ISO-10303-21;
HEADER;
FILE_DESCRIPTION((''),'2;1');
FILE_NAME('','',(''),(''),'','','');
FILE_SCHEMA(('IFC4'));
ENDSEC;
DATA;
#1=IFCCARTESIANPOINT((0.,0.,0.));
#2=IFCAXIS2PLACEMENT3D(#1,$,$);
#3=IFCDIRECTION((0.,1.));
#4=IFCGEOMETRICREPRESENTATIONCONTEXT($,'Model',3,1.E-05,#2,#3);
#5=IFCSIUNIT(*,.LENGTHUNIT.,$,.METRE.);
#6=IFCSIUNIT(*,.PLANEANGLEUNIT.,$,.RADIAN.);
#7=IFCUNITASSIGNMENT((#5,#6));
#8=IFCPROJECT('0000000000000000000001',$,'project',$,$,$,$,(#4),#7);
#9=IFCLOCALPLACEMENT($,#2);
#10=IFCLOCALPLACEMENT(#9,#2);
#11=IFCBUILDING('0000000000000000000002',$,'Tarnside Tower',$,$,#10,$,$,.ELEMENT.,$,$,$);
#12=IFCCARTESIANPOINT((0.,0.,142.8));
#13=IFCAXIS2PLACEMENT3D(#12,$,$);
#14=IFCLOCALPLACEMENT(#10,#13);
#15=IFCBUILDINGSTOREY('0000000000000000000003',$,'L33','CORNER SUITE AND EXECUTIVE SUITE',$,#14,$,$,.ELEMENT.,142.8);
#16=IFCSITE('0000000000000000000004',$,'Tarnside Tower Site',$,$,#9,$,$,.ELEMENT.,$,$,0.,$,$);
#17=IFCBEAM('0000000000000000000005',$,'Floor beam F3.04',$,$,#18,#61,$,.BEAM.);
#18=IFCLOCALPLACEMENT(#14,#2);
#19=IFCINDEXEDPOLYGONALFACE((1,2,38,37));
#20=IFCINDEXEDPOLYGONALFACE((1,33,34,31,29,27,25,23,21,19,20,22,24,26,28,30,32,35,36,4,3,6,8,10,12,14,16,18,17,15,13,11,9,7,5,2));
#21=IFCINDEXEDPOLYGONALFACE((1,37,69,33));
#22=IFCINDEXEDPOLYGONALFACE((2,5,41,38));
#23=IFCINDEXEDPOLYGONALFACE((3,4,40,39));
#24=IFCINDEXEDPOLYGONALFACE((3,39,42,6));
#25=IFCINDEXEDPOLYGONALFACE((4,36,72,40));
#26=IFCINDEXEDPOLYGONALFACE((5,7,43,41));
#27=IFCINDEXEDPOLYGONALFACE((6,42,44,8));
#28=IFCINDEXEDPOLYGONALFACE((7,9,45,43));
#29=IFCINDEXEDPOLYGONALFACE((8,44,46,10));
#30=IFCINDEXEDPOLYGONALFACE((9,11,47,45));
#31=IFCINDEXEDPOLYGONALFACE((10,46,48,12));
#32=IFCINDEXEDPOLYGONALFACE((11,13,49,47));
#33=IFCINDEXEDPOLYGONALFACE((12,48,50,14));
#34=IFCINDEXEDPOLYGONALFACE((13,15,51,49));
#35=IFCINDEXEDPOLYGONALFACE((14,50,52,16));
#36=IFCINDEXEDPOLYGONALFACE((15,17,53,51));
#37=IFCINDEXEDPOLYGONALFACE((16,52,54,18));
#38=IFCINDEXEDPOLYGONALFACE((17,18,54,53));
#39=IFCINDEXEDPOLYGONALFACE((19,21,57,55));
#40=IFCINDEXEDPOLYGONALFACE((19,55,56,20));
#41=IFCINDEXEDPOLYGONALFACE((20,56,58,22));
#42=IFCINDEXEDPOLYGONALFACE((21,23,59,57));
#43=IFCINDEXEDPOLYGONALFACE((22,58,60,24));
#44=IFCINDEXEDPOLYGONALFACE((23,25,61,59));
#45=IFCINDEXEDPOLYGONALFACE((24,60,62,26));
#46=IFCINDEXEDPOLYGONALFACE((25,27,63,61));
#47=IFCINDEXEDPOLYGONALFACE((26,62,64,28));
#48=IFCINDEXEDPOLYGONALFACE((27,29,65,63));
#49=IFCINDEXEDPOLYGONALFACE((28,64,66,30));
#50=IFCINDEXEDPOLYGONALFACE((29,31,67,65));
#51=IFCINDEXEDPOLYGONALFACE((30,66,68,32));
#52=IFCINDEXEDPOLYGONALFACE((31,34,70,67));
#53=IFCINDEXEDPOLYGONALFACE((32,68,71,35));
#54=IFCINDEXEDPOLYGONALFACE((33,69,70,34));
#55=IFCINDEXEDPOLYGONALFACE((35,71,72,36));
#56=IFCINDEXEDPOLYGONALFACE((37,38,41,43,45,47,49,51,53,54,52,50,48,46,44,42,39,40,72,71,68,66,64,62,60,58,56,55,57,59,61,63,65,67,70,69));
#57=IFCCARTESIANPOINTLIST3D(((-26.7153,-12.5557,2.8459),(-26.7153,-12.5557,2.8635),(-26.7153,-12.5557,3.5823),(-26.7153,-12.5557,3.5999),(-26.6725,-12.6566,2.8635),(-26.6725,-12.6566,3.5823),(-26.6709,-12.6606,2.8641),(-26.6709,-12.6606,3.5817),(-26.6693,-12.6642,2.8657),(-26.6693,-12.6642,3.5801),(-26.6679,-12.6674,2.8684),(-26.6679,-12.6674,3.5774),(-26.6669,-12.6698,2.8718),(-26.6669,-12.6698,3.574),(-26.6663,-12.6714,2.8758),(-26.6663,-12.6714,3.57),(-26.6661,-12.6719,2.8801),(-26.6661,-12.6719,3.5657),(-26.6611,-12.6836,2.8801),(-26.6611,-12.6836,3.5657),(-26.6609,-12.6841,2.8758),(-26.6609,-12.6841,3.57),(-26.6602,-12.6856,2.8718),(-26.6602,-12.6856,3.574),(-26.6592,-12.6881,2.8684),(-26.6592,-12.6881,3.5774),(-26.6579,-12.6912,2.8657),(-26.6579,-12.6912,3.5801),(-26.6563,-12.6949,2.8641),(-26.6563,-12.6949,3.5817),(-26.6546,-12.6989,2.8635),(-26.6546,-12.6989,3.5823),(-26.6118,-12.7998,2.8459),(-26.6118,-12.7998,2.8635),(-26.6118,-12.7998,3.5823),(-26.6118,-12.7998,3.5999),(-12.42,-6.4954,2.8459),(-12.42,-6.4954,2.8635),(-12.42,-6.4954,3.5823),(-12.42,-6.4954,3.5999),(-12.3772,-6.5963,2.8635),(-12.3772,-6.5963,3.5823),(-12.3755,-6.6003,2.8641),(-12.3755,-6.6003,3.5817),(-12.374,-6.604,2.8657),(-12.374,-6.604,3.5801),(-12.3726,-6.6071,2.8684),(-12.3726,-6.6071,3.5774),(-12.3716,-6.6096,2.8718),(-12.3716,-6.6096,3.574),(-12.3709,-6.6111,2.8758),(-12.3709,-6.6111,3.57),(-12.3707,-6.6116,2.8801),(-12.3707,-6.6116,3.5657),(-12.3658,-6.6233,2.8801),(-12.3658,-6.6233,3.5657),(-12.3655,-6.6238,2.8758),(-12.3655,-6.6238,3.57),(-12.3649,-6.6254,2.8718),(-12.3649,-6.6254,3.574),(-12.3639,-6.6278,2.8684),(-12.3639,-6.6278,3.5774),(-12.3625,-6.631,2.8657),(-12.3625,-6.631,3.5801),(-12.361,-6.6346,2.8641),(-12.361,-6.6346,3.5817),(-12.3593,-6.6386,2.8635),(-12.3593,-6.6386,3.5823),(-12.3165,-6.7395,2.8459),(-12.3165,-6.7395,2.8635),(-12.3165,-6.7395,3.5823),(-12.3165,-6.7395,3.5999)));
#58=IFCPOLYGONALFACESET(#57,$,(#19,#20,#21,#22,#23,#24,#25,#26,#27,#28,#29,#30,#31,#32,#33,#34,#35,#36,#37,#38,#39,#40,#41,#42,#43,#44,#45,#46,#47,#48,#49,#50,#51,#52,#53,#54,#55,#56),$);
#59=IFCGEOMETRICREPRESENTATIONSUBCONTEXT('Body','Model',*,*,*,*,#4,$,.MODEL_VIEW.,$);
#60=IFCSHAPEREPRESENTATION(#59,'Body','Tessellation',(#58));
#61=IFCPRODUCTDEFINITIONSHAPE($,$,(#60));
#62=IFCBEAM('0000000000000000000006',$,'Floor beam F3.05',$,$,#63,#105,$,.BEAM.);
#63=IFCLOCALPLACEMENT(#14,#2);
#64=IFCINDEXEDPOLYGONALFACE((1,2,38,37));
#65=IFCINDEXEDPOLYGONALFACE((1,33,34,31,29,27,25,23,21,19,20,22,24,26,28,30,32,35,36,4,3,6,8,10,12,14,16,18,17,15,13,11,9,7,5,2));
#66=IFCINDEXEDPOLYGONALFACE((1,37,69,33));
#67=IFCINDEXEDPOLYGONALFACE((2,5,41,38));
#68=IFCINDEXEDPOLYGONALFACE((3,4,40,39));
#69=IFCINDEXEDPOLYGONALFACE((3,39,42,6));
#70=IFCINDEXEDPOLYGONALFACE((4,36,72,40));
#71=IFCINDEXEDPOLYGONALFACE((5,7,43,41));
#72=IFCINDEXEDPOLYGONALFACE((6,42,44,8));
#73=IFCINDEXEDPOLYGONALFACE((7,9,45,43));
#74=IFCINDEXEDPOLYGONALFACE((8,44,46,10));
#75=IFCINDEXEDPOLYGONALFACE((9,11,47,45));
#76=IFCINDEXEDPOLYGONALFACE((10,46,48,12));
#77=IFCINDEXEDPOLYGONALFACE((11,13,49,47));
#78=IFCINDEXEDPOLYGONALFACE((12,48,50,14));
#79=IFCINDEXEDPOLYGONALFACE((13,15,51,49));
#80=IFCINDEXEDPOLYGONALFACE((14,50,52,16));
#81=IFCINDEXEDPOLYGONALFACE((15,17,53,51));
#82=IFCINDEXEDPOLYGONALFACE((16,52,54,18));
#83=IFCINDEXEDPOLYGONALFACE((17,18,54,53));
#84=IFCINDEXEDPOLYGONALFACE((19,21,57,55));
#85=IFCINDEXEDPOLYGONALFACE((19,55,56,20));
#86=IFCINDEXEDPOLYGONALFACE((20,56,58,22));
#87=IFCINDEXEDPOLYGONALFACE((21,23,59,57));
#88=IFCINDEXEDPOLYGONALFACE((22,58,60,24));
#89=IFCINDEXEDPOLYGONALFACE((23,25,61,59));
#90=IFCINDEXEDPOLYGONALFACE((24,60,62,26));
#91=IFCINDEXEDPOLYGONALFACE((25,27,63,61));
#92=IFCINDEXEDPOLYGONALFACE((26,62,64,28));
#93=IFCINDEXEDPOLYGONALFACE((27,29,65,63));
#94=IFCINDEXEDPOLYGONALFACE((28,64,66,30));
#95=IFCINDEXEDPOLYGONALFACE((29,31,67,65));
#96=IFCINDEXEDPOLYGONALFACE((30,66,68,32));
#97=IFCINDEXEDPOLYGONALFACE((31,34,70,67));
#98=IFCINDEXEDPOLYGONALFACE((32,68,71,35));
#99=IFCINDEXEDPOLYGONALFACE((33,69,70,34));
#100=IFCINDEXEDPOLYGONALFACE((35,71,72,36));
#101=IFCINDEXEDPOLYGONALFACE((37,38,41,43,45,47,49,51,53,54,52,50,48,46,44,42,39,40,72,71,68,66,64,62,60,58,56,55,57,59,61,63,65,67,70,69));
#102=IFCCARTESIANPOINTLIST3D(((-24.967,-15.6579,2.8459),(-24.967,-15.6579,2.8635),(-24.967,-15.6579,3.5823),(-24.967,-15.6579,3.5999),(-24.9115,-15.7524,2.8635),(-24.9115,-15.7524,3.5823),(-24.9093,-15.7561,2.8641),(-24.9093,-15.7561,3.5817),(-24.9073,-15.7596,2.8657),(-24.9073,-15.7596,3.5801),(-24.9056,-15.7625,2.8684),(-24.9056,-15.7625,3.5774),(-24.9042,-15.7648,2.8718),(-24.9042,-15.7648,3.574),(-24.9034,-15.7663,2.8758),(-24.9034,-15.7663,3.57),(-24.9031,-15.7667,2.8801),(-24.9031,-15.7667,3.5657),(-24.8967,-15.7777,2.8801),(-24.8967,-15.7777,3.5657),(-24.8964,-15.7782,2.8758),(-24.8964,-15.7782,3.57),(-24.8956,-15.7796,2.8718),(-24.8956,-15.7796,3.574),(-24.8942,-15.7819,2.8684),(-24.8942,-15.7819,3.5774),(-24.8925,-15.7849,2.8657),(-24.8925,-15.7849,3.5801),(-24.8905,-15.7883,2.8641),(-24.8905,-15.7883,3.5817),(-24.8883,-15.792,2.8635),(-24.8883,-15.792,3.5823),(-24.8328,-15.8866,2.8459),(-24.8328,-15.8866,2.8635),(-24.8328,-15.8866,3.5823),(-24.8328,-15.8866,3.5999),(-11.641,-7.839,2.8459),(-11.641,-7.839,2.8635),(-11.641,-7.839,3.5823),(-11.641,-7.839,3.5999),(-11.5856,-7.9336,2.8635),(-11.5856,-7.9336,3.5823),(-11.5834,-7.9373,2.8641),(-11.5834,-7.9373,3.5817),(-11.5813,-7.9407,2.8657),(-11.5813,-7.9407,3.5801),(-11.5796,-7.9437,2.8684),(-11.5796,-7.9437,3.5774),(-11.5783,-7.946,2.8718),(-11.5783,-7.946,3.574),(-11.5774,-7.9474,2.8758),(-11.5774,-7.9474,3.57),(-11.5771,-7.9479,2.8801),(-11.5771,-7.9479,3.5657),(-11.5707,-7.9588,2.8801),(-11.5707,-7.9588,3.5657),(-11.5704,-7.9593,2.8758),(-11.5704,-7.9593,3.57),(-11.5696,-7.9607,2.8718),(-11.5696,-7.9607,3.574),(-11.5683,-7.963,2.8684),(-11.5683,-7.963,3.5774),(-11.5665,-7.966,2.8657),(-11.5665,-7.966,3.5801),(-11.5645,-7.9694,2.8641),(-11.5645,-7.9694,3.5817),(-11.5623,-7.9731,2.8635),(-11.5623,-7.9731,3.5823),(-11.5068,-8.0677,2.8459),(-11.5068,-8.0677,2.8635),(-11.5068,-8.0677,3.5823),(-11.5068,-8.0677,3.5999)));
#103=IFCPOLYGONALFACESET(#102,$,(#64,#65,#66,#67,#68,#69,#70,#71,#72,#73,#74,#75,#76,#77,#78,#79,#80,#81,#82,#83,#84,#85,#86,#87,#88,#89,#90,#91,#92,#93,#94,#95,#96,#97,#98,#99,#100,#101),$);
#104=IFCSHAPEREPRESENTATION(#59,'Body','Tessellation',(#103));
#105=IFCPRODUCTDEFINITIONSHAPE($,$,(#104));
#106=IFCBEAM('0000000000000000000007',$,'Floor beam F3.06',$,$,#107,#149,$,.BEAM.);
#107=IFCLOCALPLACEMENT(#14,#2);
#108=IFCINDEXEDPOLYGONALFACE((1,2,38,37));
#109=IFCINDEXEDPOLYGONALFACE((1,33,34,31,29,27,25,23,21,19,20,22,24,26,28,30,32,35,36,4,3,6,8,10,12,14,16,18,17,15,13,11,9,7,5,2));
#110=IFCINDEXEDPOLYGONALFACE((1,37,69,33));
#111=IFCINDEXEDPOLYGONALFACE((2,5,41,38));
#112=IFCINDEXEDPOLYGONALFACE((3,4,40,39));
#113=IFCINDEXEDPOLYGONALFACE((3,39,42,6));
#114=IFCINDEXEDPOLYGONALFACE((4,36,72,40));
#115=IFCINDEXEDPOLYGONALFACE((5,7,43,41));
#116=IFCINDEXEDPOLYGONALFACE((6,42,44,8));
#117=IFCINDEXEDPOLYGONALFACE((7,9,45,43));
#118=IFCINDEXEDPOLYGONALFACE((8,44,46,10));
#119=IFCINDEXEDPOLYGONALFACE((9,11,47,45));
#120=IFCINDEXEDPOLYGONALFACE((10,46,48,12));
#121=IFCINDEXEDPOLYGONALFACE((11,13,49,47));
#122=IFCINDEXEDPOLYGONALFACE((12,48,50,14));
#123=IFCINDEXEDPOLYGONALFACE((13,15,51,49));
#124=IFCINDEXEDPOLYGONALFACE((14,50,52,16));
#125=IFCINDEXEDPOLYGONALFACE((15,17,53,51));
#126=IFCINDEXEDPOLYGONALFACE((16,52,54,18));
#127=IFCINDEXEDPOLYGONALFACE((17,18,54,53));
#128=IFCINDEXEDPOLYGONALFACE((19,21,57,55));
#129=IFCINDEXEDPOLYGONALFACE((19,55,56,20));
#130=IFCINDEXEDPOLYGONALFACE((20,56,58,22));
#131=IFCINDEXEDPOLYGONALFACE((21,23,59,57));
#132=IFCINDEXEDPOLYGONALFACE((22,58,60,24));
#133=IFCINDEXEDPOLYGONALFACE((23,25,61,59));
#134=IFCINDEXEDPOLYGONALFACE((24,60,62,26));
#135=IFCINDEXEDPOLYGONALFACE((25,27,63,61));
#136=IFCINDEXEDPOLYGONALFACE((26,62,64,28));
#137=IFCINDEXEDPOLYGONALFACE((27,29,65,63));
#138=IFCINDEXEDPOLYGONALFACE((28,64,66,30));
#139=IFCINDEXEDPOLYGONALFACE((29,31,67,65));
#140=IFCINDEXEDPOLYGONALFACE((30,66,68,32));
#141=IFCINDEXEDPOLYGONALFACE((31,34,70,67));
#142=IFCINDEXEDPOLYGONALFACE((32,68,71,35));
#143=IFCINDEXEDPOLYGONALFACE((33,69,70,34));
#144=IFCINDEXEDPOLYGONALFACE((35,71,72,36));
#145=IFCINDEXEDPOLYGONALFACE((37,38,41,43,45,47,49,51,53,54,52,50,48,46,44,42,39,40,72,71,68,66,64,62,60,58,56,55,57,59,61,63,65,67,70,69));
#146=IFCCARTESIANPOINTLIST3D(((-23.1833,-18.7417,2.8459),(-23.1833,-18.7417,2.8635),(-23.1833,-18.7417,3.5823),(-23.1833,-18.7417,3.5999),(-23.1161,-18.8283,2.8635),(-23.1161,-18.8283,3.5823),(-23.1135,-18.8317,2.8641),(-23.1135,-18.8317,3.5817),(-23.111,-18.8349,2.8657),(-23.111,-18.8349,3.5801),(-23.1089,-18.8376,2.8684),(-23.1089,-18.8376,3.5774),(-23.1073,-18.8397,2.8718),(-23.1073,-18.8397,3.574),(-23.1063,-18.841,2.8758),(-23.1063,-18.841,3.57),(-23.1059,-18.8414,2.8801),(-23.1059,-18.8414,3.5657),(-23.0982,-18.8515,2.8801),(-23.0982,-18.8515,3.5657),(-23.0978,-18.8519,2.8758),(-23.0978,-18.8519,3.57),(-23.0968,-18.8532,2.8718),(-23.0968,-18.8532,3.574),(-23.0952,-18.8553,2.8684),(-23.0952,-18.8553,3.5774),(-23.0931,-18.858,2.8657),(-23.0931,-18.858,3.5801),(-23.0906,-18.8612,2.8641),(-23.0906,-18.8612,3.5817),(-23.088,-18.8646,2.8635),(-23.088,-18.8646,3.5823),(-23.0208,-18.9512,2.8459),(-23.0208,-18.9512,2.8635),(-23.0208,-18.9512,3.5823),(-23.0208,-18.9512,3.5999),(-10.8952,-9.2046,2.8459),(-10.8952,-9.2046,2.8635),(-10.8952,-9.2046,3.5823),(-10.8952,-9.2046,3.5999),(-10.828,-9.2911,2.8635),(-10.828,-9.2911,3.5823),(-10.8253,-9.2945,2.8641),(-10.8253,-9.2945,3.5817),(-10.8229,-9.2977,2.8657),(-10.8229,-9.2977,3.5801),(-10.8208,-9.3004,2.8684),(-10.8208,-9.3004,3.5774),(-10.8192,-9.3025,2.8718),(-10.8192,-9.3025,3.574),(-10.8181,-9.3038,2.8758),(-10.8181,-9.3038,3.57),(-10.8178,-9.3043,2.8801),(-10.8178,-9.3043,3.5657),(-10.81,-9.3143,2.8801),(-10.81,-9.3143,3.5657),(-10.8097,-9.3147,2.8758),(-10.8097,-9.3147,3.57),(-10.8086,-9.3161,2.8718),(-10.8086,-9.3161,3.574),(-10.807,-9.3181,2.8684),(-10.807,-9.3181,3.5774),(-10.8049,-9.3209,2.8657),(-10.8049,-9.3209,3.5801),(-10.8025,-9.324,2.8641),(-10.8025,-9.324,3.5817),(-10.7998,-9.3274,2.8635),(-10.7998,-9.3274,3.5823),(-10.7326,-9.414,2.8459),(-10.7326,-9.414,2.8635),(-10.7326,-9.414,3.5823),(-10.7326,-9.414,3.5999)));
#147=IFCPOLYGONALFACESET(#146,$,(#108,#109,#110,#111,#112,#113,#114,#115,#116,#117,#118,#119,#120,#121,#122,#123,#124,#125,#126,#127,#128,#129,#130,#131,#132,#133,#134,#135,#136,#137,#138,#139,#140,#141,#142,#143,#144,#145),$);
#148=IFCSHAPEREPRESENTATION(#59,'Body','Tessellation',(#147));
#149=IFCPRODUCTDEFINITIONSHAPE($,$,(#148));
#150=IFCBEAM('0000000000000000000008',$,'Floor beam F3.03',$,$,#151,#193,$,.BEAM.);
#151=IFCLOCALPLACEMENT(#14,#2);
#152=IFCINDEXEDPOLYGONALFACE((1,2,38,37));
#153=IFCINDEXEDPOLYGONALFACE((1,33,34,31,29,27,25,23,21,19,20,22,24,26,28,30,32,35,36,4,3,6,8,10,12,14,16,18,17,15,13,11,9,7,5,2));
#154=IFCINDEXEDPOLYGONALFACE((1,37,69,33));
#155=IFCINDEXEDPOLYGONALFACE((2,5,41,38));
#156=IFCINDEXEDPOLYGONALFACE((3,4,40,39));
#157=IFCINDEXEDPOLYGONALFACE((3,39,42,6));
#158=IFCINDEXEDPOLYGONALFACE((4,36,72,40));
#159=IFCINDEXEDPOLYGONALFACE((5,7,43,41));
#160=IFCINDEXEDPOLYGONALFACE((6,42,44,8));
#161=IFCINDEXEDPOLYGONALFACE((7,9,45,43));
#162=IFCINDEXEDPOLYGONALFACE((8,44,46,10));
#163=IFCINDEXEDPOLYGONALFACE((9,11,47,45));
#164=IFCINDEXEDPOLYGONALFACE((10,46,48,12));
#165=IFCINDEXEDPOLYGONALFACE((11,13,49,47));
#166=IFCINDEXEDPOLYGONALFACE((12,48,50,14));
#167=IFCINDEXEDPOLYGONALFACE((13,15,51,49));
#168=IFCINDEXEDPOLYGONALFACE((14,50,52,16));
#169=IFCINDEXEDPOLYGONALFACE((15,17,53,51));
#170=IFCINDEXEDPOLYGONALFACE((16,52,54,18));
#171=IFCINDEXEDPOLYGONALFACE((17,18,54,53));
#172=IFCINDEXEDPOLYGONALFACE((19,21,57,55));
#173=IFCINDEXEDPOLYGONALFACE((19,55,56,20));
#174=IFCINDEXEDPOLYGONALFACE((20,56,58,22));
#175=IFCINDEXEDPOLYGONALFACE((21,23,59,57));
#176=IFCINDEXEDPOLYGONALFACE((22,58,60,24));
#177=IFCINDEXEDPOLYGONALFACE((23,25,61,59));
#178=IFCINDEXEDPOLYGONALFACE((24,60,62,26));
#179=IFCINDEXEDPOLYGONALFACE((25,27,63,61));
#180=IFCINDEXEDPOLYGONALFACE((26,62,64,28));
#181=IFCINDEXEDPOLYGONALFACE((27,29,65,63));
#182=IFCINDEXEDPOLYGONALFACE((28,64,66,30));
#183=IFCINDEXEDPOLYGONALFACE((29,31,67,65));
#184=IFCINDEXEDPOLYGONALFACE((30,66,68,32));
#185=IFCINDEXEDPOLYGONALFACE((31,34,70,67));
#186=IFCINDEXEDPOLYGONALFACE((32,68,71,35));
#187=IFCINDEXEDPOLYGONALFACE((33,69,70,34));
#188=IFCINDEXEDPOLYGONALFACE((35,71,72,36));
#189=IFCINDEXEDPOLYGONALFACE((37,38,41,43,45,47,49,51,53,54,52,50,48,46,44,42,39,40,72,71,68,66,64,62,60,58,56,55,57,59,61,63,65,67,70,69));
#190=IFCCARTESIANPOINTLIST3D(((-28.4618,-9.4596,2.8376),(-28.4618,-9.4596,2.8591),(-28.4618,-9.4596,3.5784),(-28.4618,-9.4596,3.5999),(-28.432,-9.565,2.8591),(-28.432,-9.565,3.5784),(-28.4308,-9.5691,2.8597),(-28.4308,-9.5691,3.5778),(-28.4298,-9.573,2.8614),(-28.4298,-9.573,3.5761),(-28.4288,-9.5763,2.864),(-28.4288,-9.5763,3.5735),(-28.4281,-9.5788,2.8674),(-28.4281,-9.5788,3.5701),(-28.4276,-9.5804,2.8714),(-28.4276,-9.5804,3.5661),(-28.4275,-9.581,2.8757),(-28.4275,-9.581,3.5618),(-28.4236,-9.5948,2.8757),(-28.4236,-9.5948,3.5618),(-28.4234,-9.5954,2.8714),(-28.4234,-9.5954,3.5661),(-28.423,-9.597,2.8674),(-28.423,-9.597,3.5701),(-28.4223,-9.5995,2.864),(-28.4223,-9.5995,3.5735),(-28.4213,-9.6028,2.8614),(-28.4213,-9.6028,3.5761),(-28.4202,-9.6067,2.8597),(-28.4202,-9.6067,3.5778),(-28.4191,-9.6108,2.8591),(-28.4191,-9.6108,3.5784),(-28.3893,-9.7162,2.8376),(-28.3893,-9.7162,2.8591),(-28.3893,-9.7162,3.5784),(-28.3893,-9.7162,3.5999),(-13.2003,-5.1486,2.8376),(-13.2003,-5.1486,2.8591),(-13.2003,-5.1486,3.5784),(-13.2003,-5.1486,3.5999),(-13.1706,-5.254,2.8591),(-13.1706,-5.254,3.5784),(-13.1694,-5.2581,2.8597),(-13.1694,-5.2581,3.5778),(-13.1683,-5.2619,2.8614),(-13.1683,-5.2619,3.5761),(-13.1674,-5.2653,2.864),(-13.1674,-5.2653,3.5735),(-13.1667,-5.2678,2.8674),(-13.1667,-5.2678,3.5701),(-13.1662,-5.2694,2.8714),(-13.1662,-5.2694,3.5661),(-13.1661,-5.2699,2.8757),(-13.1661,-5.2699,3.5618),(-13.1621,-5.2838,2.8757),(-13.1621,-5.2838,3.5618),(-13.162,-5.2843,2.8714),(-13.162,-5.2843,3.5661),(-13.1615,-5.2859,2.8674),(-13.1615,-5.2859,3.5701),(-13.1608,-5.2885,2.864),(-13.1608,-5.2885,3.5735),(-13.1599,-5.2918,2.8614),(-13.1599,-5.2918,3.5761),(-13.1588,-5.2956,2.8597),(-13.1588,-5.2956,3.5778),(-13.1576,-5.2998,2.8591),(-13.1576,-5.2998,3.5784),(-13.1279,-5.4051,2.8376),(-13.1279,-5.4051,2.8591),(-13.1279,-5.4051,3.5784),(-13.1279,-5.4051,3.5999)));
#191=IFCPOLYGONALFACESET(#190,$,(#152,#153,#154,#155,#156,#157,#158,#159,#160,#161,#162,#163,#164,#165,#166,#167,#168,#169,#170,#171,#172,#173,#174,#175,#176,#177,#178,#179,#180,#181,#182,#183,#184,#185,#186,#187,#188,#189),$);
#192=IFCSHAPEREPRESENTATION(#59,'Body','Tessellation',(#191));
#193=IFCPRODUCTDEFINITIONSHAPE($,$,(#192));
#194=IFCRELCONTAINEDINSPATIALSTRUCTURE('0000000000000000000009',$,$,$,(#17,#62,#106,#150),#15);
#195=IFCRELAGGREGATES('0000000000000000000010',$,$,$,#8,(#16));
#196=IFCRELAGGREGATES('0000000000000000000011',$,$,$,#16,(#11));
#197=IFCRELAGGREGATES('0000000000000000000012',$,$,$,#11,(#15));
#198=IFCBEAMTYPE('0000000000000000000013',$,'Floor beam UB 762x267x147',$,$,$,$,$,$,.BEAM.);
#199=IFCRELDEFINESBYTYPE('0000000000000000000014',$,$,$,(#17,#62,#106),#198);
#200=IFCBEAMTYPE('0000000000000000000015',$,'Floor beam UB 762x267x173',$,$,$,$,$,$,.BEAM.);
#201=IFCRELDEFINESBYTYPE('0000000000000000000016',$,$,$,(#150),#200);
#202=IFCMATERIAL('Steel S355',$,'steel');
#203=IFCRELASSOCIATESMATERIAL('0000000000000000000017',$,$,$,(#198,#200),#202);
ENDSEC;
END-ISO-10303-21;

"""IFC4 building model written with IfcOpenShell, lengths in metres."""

from ifc_helpers import new_model, si_unit, direction, frame, origin, origin_2d, place, context, subcontext, project, spatial, i_section, extrude, material, material_profile, profile_set, type_object, element, save


model = new_model("IFC4")

# Units and contexts
model_context = context("Model", 3, precision=1e-05, world=origin(), true_north=direction((0.0, 1.0)))
body_context = subcontext(model_context, "Body", "Model", "MODEL_VIEW")
ifc_project = project(units=[si_unit("LENGTHUNIT", "METRE"), si_unit("PLANEANGLEUNIT", "RADIAN")], contexts=[model_context])

# Site, building, storey
site_placement = place(None, origin())
site = spatial("IfcSite", under=ifc_project, at=site_placement, Name="Tarnside Tower Site", CompositionType="ELEMENT", RefElevation=0.0)
building_placement = place(site_placement, origin())
building = spatial("IfcBuilding", under=site, at=building_placement, Name="Tarnside Tower", CompositionType="ELEMENT")
storey_placement = place(building_placement, frame((0.0, 0.0, 142.8)))
storey = spatial("IfcBuildingStorey", under=building, at=storey_placement, Name="L33", Description="CORNER SUITE AND EXECUTIVE SUITE", CompositionType="ELEMENT", Elevation=142.8)

# Beams
ifc_material_1 = material(Name="Steel S355", Category="steel")
ifc_material_profile_1 = material_profile(ifc_material_1, i_section(OverallWidth=0.2651, OverallDepth=0.7539, WebThickness=0.0127, FlangeThickness=0.0176, FilletRadius=0.0166, at=origin_2d()), Name="UB 762x267x147")
ifc_profile_set_1 = profile_set([ifc_material_profile_1], Name="Steel S355")
beam_type_1 = type_object("IfcBeamType", Name="Floor beam UB 762x267x147", PredefinedType="BEAM", material=ifc_profile_set_1)
beam_1_placement = place(storey_placement, frame((-26.6636, -12.6777, 3.2229), z_axis=(0.920684, 0.390309, 0.0), x_axis=(-0.390309, 0.920684, 0.0)))
element("IfcBeam", 1, at=beam_1_placement, inside=storey, type_object=beam_type_1, Name="Floor beam F3.04", PredefinedType="BEAM", context=body_context, shape_type="SweptSolid", body=[
    extrude(i_section(OverallWidth=0.2651, OverallDepth=0.7539, WebThickness=0.0127, FlangeThickness=0.0176, FilletRadius=0.0166, at=origin_2d()), origin(), (0.0, 0.0, 1.0), 15.5269),
])
beam_2_placement = place(storey_placement, frame((-24.8999, -15.7722, 3.2229), z_axis=(0.862498, 0.506061, 0.0), x_axis=(-0.506061, 0.862498, 0.0)))
element("IfcBeam", 2, at=beam_2_placement, inside=storey, type_object=beam_type_1, Name="Floor beam F3.05", PredefinedType="BEAM", context=body_context, shape_type="SweptSolid", body=[
    extrude(i_section(OverallWidth=0.2651, OverallDepth=0.7539, WebThickness=0.0127, FlangeThickness=0.0176, FilletRadius=0.0166, at=origin_2d()), origin(), (0.0, 0.0, 1.0), 15.4504),
])
beam_3_placement = place(storey_placement, frame((-23.1021, -18.8464, 3.2229), z_axis=(0.789984, 0.613128, 0.0), x_axis=(-0.613128, 0.789984, 0.0)))
element("IfcBeam", 3, at=beam_3_placement, inside=storey, type_object=beam_type_1, Name="Floor beam F3.06", PredefinedType="BEAM", context=body_context, shape_type="SweptSolid", body=[
    extrude(i_section(OverallWidth=0.2651, OverallDepth=0.7539, WebThickness=0.0127, FlangeThickness=0.0176, FilletRadius=0.0166, at=origin_2d()), origin(), (0.0, 0.0, 1.0), 15.5549),
])
ifc_material_profile_2 = material_profile(ifc_material_1, i_section(OverallWidth=0.2666, OverallDepth=0.7622, WebThickness=0.0144, FlangeThickness=0.0215, FilletRadius=0.0166, at=origin_2d()), Name="UB 762x267x173")
ifc_profile_set_2 = profile_set([ifc_material_profile_2], Name="Steel S355")
beam_type_2 = type_object("IfcBeamType", Name="Floor beam UB 762x267x173", PredefinedType="BEAM", material=ifc_profile_set_2)
beam_4_placement = place(storey_placement, frame((-28.4255, -9.5879, 3.2188), z_axis=(0.962342, 0.271841, 0.0), x_axis=(-0.271841, 0.962342, 0.0)))
element("IfcBeam", 4, at=beam_4_placement, inside=storey, type_object=beam_type_2, Name="Floor beam F3.03", PredefinedType="BEAM", context=body_context, shape_type="SweptSolid", body=[
    extrude(i_section(OverallWidth=0.2666, OverallDepth=0.7622, WebThickness=0.0144, FlangeThickness=0.0215, FilletRadius=0.0166, at=origin_2d()), origin(), (0.0, 0.0, 1.0), 15.8586),
])

save(model, "model.ifc")
